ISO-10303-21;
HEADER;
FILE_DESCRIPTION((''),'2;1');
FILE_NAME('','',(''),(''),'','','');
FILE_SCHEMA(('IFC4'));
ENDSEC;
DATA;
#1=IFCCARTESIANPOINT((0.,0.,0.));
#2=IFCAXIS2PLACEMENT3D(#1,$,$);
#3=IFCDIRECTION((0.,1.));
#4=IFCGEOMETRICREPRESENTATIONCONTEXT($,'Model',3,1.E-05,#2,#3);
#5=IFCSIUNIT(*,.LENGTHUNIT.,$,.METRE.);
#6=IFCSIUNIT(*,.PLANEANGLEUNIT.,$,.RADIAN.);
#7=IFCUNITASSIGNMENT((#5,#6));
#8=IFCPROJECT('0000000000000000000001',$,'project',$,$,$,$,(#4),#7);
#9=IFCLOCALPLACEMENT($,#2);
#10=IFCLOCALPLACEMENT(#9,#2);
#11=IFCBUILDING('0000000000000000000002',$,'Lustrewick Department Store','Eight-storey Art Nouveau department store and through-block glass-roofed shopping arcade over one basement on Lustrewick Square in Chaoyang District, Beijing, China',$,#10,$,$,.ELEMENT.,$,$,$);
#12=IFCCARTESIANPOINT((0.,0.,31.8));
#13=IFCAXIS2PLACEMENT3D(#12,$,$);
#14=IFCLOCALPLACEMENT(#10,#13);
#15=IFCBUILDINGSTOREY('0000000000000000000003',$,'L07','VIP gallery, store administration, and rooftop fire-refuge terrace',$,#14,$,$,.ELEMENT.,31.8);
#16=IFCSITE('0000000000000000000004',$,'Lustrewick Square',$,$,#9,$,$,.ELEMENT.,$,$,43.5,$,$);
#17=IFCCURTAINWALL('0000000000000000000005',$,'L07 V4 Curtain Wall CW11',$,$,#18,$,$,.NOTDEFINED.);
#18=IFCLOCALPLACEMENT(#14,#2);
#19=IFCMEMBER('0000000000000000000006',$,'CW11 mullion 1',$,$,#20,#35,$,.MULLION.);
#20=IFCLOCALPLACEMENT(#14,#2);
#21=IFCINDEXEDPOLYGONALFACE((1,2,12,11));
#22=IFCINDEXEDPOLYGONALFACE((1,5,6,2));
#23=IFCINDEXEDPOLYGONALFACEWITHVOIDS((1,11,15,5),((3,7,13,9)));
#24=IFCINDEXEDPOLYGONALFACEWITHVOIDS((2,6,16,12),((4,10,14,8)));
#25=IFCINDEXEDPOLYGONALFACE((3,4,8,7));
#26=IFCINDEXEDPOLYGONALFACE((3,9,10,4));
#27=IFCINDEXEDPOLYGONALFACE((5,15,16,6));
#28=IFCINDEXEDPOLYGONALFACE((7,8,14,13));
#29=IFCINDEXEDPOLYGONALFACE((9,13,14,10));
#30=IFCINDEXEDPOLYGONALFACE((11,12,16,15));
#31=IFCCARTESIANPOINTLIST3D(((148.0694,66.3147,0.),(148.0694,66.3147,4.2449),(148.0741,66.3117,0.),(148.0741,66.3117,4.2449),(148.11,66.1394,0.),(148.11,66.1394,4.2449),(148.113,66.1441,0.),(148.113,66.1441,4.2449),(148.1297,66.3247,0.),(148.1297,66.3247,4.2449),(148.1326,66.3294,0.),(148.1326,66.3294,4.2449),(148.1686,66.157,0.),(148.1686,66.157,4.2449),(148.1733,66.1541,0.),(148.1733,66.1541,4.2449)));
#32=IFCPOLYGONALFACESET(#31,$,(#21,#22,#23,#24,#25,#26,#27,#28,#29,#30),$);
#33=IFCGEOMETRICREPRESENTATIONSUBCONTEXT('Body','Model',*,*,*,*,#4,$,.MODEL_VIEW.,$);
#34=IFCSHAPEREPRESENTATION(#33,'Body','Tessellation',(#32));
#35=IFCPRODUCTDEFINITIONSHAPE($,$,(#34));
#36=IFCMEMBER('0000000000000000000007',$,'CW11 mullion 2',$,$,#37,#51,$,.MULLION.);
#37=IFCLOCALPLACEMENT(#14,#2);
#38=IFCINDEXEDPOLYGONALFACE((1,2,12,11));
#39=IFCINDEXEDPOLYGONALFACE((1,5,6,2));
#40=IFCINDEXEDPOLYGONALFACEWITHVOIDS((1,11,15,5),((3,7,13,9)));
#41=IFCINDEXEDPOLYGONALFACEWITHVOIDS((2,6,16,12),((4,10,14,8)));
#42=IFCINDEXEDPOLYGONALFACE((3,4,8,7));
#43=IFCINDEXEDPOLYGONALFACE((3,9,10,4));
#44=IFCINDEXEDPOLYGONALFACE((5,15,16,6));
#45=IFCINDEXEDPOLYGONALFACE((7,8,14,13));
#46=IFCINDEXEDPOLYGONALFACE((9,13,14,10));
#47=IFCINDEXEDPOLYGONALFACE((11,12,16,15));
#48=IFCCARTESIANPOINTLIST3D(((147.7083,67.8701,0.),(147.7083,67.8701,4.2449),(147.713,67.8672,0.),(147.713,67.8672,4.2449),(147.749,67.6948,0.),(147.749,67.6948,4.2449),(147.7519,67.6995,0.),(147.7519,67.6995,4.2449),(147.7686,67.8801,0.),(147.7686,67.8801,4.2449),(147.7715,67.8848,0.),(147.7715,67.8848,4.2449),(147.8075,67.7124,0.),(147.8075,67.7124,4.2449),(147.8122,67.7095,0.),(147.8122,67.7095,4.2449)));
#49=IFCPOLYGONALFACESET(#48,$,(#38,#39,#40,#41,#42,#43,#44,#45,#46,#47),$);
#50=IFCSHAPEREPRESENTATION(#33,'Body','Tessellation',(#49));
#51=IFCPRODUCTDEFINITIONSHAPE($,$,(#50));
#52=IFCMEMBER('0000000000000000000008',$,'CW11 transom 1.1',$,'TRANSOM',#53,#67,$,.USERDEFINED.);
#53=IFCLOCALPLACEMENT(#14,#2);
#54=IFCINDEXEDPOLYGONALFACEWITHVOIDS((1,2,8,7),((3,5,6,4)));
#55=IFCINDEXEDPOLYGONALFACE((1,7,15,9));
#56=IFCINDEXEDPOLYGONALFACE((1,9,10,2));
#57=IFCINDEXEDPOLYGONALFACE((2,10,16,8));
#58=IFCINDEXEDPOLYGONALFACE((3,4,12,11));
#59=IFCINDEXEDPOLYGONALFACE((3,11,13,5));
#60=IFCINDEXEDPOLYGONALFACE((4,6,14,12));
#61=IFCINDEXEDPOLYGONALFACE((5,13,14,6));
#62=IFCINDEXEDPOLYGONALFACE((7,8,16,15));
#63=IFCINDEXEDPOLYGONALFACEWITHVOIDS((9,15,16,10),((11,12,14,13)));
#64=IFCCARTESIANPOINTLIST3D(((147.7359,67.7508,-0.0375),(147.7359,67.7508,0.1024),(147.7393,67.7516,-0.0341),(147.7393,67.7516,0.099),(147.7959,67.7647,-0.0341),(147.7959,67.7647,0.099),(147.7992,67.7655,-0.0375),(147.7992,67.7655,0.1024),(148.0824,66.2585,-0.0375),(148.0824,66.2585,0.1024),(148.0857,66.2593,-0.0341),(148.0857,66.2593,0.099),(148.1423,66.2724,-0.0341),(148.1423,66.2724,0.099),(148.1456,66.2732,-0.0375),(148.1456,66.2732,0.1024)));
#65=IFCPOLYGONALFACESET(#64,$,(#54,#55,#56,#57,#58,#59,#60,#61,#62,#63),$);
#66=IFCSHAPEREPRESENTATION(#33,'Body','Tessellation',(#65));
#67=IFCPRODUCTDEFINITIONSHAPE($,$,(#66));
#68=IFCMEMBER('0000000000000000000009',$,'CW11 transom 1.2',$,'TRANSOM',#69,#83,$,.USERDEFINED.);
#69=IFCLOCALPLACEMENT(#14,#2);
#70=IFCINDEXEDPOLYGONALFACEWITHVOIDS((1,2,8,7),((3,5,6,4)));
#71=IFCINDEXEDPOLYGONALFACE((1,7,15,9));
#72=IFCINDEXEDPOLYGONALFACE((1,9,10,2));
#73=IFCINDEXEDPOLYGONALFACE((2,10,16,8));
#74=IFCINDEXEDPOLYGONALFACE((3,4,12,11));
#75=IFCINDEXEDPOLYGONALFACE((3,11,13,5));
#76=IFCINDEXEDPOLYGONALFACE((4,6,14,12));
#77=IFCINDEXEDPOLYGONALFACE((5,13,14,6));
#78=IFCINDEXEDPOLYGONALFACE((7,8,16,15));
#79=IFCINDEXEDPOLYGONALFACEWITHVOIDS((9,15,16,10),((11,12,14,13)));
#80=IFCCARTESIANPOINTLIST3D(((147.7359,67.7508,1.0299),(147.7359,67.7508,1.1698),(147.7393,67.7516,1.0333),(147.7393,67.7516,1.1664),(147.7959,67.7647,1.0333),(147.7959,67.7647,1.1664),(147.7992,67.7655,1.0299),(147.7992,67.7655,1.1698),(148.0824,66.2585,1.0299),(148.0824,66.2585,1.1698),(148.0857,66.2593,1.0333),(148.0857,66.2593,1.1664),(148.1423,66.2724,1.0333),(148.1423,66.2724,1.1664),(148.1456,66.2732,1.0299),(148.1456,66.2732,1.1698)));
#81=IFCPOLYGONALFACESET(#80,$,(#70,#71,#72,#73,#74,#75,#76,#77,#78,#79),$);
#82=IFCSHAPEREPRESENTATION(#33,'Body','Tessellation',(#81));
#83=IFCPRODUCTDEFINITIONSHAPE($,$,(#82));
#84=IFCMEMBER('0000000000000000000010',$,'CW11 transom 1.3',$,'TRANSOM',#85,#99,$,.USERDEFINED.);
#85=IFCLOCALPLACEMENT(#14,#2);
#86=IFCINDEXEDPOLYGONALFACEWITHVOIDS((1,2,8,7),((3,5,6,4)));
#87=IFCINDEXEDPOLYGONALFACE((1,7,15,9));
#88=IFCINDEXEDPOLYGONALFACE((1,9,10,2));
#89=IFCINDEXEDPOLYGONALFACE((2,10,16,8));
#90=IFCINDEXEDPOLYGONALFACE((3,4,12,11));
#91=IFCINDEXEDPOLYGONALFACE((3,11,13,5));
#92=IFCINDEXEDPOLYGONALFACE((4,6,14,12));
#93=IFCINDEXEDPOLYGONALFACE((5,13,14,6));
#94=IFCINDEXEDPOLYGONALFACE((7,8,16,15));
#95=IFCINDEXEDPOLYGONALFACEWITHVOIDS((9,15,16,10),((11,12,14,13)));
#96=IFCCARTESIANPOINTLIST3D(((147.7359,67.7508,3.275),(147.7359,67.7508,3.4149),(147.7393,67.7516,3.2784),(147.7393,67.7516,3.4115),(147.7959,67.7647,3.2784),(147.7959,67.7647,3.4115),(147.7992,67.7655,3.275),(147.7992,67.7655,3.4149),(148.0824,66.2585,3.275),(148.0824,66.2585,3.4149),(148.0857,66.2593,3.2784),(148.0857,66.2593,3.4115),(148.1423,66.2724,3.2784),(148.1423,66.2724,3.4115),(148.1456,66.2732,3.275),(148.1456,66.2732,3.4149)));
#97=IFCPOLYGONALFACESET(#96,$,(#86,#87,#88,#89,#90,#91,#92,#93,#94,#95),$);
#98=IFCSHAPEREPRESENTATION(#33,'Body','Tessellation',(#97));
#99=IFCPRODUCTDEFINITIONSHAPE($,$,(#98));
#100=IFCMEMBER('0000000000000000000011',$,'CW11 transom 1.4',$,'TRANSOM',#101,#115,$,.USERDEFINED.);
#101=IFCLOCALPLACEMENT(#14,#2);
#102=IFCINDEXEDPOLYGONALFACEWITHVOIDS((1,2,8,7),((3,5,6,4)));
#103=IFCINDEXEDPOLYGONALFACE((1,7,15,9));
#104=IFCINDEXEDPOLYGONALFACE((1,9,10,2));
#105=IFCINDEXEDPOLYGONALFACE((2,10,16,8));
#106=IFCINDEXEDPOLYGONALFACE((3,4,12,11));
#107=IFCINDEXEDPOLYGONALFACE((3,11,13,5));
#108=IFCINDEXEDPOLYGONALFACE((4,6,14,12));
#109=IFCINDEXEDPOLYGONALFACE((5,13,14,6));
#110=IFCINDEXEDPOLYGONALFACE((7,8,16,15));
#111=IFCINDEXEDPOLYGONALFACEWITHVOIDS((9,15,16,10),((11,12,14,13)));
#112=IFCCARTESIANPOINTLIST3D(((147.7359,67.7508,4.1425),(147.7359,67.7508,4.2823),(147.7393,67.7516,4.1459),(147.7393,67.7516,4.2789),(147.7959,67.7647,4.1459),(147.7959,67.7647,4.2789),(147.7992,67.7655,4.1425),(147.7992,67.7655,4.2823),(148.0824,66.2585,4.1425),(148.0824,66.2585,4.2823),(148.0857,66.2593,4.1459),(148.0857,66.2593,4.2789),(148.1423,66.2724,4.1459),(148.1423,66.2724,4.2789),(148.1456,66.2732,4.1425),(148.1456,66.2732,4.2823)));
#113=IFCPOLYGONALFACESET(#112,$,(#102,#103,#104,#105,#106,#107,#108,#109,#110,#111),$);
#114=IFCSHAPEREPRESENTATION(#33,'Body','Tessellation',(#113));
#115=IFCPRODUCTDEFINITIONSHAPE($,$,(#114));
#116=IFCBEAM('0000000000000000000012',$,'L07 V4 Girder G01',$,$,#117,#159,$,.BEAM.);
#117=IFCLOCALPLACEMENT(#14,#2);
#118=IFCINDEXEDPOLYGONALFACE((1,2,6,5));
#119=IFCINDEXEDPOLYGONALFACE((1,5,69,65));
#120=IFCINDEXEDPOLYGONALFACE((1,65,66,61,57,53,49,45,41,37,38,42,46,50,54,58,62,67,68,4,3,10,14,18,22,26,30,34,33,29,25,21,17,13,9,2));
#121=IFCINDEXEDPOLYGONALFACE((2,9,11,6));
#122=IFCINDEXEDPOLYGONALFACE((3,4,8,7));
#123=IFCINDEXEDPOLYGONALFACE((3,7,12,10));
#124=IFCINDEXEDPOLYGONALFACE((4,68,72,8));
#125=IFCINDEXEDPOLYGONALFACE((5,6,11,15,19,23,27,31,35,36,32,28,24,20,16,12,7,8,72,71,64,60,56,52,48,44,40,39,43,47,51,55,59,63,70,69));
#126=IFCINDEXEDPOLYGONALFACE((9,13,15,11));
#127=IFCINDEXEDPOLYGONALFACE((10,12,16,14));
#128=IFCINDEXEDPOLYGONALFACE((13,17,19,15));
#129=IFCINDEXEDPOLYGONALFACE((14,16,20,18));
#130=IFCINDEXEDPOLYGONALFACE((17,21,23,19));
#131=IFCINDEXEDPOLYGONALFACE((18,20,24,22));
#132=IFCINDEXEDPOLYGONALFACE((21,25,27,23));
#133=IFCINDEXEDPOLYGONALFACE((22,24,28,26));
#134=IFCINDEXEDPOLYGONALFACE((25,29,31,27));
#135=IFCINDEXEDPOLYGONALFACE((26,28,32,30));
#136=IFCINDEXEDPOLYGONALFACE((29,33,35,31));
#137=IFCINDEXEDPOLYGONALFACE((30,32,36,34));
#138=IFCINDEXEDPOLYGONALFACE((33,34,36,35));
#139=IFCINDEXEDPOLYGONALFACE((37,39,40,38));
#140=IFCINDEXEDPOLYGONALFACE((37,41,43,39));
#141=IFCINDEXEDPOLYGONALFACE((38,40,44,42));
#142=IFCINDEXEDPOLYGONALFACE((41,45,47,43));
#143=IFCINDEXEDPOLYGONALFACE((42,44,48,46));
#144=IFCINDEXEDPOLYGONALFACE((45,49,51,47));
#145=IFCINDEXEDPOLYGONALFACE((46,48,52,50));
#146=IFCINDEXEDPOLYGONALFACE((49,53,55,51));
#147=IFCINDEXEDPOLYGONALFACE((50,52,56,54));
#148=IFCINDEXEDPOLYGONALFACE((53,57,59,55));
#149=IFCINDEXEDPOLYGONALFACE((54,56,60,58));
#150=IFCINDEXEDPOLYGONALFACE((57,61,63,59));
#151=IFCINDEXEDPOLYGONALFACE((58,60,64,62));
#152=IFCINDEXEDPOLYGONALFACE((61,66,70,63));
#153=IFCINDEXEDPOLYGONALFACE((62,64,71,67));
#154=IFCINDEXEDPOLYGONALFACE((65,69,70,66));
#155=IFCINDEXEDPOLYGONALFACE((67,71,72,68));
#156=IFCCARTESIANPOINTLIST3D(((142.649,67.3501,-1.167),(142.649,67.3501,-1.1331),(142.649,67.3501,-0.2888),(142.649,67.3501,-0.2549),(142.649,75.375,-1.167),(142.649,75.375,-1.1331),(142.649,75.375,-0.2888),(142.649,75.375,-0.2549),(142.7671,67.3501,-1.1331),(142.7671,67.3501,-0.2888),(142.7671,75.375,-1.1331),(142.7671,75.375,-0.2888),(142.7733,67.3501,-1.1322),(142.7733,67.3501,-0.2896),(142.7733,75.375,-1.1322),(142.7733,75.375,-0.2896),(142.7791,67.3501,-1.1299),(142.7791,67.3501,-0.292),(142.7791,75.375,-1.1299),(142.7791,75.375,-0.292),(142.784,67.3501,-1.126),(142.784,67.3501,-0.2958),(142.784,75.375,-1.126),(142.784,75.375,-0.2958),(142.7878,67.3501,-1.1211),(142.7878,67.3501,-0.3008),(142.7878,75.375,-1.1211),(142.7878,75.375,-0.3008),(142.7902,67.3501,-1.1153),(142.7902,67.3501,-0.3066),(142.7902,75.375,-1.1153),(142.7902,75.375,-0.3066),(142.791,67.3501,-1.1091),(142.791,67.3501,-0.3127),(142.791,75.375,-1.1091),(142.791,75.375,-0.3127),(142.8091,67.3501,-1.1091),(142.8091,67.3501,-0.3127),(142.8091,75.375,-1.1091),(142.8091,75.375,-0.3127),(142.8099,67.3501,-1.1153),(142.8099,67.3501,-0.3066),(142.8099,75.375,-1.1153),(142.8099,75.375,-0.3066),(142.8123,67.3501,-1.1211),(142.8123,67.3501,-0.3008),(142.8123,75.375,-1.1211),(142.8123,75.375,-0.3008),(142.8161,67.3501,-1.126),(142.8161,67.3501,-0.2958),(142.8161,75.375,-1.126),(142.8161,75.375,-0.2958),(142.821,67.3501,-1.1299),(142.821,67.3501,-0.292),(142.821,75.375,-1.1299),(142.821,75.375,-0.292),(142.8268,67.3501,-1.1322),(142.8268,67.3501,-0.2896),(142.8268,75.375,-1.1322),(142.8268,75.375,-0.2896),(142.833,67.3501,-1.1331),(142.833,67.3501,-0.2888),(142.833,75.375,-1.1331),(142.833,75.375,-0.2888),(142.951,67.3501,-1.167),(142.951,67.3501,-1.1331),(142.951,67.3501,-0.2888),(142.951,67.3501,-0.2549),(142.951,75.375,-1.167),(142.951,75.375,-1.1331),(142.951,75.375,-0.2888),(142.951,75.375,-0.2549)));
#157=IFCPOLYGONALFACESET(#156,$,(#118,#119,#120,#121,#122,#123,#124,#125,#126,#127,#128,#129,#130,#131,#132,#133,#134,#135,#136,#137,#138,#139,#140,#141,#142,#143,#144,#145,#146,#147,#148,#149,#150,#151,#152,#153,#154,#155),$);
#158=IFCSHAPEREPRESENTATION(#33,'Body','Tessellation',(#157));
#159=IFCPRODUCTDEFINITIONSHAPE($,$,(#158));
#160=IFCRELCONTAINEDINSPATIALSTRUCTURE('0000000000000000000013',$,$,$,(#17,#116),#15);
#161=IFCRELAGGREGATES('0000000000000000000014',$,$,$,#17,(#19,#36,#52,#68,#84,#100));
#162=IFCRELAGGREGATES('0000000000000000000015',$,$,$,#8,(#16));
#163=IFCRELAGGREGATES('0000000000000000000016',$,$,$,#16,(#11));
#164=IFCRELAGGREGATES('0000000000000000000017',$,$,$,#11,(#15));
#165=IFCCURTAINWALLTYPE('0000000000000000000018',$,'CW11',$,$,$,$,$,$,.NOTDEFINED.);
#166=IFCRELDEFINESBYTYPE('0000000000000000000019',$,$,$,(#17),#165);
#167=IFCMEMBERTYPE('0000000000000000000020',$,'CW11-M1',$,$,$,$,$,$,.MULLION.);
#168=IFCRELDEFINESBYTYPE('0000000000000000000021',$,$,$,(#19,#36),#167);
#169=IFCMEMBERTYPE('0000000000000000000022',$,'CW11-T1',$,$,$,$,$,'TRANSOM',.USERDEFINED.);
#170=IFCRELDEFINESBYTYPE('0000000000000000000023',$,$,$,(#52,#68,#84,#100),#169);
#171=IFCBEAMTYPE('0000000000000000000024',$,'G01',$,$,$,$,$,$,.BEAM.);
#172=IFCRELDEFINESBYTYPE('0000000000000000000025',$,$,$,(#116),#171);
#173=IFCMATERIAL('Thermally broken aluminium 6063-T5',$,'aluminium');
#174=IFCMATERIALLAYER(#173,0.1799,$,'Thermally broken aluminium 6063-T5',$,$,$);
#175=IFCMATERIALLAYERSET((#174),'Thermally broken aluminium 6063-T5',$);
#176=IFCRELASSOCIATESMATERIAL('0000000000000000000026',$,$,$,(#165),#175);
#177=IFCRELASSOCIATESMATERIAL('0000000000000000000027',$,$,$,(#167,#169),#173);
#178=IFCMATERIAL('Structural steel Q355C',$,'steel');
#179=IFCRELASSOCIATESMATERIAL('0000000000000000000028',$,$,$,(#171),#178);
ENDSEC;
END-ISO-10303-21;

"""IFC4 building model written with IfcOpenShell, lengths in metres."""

from ifc_helpers import new_model, si_unit, direction, frame, origin, origin_2d, place, context, subcontext, project, spatial, hollow_rectangle, i_section, extrude, material, layer, layer_set, material_profile, profile_set, type_object, element, aggregate, save


model = new_model("IFC4")

# Units and contexts
model_context = context("Model", 3, precision=1e-05, world=origin(), true_north=direction((0.0, 1.0)))
body_context = subcontext(model_context, "Body", "Model", "MODEL_VIEW")
ifc_project = project(units=[si_unit("LENGTHUNIT", "METRE"), si_unit("PLANEANGLEUNIT", "RADIAN")], contexts=[model_context])

# Site, building, storey
site_placement = place(None, origin())
site = spatial("IfcSite", under=ifc_project, at=site_placement, Name="Lustrewick Square", CompositionType="ELEMENT", RefElevation=43.5)
building_placement = place(site_placement, origin())
building = spatial("IfcBuilding", under=site, at=building_placement, Name="Lustrewick Department Store", Description="Eight-storey Art Nouveau department store and through-block glass-roofed shopping arcade over one basement on Lustrewick Square in Chaoyang District, Beijing, China", CompositionType="ELEMENT")
storey_placement = place(building_placement, frame((0.0, 0.0, 31.8)))
storey = spatial("IfcBuildingStorey", under=building, at=storey_placement, Name="L07", Description="VIP gallery, store administration, and rooftop fire-refuge terrace", CompositionType="ELEMENT", Elevation=31.8)

# Curtain wall, members
ifc_material_1 = material(Name="Thermally broken aluminium 6063-T5", Category="aluminium")
ifc_layer_1 = layer(ifc_material_1, 0.1799, Name="Thermally broken aluminium 6063-T5")
ifc_layer_set_1 = layer_set([ifc_layer_1], Name="Thermally broken aluminium 6063-T5")
curtain_wall_type_1 = type_object("IfcCurtainWallType", Name="CW11", PredefinedType="NOTDEFINED", material=ifc_layer_set_1)
curtain_wall_1_placement = place(storey_placement, origin())
curtain_wall_1 = element("IfcCurtainWall", 1, at=curtain_wall_1_placement, inside=storey, type_object=curtain_wall_type_1, Name="L07 V4 Curtain Wall CW11", PredefinedType="NOTDEFINED")
ifc_material_profile_1 = material_profile(ifc_material_1, hollow_rectangle(XDim=0.0649, YDim=0.1799, WallThickness=0.0039, at=origin_2d()), Name="ALU-M 65x180x4")
ifc_profile_set_1 = profile_set([ifc_material_profile_1], Name="Thermally broken aluminium 6063-T5")
member_type_1 = type_object("IfcMemberType", Name="CW11-M1", PredefinedType="MULLION", material=ifc_profile_set_1)
member_1_placement = place(storey_placement, frame((148.1213, 66.2344, 0.0), z_axis=(0.0, 0.0, 1.0), x_axis=(-0.97411, -0.226077, 0.0)))
member_1 = element("IfcMember", 2, at=member_1_placement, type_object=member_type_1, Name="CW11 mullion 1", PredefinedType="MULLION", context=body_context, shape_type="SweptSolid", body=[
    extrude(hollow_rectangle(XDim=0.0649, YDim=0.1799, WallThickness=0.0039, at=origin_2d()), origin(), (0.0, 0.0, 1.0), 4.2449),
])
member_2_placement = place(storey_placement, frame((147.7603, 67.7898, 0.0), z_axis=(0.0, 0.0, 1.0), x_axis=(-0.97411, -0.226077, 0.0)))
member_2 = element("IfcMember", 3, at=member_2_placement, type_object=member_type_1, Name="CW11 mullion 2", PredefinedType="MULLION", context=body_context, shape_type="SweptSolid", body=[
    extrude(hollow_rectangle(XDim=0.0649, YDim=0.1799, WallThickness=0.0039, at=origin_2d()), origin(), (0.0, 0.0, 1.0), 4.2449),
])
ifc_material_profile_2 = material_profile(ifc_material_1, hollow_rectangle(XDim=0.0649, YDim=0.1399, WallThickness=0.0034, at=origin_2d()), Name="ALU-T 65x140x3.5")
ifc_profile_set_2 = profile_set([ifc_material_profile_2], Name="Thermally broken aluminium 6063-T5")
member_type_2 = type_object("IfcMemberType", Name="CW11-T1", ElementType="TRANSOM", PredefinedType="USERDEFINED", material=ifc_profile_set_2)
member_3_placement = place(storey_placement, frame((148.114, 66.2659, 0.0325), z_axis=(-0.226151, 0.974092, 0.0), x_axis=(-0.974092, -0.226151, 0.0)))
member_3 = element("IfcMember", 4, at=member_3_placement, type_object=member_type_2, Name="CW11 transom 1.1", ObjectType="TRANSOM", PredefinedType="USERDEFINED", context=body_context, shape_type="SweptSolid", body=[
    extrude(hollow_rectangle(XDim=0.0649, YDim=0.1399, WallThickness=0.0034, at=origin_2d()), origin(), (0.0, 0.0, 1.0), 1.532),
])
member_4_placement = place(storey_placement, frame((148.114, 66.2659, 1.0999), z_axis=(-0.226151, 0.974092, 0.0), x_axis=(-0.974092, -0.226151, 0.0)))
member_4 = element("IfcMember", 5, at=member_4_placement, type_object=member_type_2, Name="CW11 transom 1.2", ObjectType="TRANSOM", PredefinedType="USERDEFINED", context=body_context, shape_type="SweptSolid", body=[
    extrude(hollow_rectangle(XDim=0.0649, YDim=0.1399, WallThickness=0.0034, at=origin_2d()), origin(), (0.0, 0.0, 1.0), 1.532),
])
member_5_placement = place(storey_placement, frame((148.114, 66.2659, 3.345), z_axis=(-0.226151, 0.974092, 0.0), x_axis=(-0.974092, -0.226151, 0.0)))
member_5 = element("IfcMember", 6, at=member_5_placement, type_object=member_type_2, Name="CW11 transom 1.3", ObjectType="TRANSOM", PredefinedType="USERDEFINED", context=body_context, shape_type="SweptSolid", body=[
    extrude(hollow_rectangle(XDim=0.0649, YDim=0.1399, WallThickness=0.0034, at=origin_2d()), origin(), (0.0, 0.0, 1.0), 1.532),
])
member_6_placement = place(storey_placement, frame((148.114, 66.2659, 4.2124), z_axis=(-0.226151, 0.974092, 0.0), x_axis=(-0.974092, -0.226151, 0.0)))
member_6 = element("IfcMember", 7, at=member_6_placement, type_object=member_type_2, Name="CW11 transom 1.4", ObjectType="TRANSOM", PredefinedType="USERDEFINED", context=body_context, shape_type="SweptSolid", body=[
    extrude(hollow_rectangle(XDim=0.0649, YDim=0.1399, WallThickness=0.0034, at=origin_2d()), origin(), (0.0, 0.0, 1.0), 1.532),
])

# Beam
ifc_material_2 = material(Name="Structural steel Q355C", Category="steel")
ifc_material_profile_3 = material_profile(ifc_material_2, i_section(OverallWidth=0.302, OverallDepth=0.9121, WebThickness=0.0181, FlangeThickness=0.0339, FilletRadius=0.0239, at=origin_2d()), Name="HN 912x302x18x34")
ifc_profile_set_3 = profile_set([ifc_material_profile_3], Name="Structural steel Q355C")
beam_type_1 = type_object("IfcBeamType", Name="G01", PredefinedType="BEAM", material=ifc_profile_set_3)
beam_1_placement = place(storey_placement, frame((142.8, 67.3501, -0.7109), z_axis=(0.0, 1.0, 0.0), x_axis=(-1.0, 0.0, 0.0)))
element("IfcBeam", 8, at=beam_1_placement, inside=storey, type_object=beam_type_1, Name="L07 V4 Girder G01", PredefinedType="BEAM", context=body_context, shape_type="SweptSolid", body=[
    extrude(i_section(OverallWidth=0.302, OverallDepth=0.9121, WebThickness=0.0181, FlangeThickness=0.0339, FilletRadius=0.0239, at=origin_2d()), origin(), (0.0, 0.0, 1.0), 8.0249),
])

aggregate(curtain_wall_1, [member_1, member_2, member_3, member_4, member_5, member_6])

save(model, "model.ifc")
